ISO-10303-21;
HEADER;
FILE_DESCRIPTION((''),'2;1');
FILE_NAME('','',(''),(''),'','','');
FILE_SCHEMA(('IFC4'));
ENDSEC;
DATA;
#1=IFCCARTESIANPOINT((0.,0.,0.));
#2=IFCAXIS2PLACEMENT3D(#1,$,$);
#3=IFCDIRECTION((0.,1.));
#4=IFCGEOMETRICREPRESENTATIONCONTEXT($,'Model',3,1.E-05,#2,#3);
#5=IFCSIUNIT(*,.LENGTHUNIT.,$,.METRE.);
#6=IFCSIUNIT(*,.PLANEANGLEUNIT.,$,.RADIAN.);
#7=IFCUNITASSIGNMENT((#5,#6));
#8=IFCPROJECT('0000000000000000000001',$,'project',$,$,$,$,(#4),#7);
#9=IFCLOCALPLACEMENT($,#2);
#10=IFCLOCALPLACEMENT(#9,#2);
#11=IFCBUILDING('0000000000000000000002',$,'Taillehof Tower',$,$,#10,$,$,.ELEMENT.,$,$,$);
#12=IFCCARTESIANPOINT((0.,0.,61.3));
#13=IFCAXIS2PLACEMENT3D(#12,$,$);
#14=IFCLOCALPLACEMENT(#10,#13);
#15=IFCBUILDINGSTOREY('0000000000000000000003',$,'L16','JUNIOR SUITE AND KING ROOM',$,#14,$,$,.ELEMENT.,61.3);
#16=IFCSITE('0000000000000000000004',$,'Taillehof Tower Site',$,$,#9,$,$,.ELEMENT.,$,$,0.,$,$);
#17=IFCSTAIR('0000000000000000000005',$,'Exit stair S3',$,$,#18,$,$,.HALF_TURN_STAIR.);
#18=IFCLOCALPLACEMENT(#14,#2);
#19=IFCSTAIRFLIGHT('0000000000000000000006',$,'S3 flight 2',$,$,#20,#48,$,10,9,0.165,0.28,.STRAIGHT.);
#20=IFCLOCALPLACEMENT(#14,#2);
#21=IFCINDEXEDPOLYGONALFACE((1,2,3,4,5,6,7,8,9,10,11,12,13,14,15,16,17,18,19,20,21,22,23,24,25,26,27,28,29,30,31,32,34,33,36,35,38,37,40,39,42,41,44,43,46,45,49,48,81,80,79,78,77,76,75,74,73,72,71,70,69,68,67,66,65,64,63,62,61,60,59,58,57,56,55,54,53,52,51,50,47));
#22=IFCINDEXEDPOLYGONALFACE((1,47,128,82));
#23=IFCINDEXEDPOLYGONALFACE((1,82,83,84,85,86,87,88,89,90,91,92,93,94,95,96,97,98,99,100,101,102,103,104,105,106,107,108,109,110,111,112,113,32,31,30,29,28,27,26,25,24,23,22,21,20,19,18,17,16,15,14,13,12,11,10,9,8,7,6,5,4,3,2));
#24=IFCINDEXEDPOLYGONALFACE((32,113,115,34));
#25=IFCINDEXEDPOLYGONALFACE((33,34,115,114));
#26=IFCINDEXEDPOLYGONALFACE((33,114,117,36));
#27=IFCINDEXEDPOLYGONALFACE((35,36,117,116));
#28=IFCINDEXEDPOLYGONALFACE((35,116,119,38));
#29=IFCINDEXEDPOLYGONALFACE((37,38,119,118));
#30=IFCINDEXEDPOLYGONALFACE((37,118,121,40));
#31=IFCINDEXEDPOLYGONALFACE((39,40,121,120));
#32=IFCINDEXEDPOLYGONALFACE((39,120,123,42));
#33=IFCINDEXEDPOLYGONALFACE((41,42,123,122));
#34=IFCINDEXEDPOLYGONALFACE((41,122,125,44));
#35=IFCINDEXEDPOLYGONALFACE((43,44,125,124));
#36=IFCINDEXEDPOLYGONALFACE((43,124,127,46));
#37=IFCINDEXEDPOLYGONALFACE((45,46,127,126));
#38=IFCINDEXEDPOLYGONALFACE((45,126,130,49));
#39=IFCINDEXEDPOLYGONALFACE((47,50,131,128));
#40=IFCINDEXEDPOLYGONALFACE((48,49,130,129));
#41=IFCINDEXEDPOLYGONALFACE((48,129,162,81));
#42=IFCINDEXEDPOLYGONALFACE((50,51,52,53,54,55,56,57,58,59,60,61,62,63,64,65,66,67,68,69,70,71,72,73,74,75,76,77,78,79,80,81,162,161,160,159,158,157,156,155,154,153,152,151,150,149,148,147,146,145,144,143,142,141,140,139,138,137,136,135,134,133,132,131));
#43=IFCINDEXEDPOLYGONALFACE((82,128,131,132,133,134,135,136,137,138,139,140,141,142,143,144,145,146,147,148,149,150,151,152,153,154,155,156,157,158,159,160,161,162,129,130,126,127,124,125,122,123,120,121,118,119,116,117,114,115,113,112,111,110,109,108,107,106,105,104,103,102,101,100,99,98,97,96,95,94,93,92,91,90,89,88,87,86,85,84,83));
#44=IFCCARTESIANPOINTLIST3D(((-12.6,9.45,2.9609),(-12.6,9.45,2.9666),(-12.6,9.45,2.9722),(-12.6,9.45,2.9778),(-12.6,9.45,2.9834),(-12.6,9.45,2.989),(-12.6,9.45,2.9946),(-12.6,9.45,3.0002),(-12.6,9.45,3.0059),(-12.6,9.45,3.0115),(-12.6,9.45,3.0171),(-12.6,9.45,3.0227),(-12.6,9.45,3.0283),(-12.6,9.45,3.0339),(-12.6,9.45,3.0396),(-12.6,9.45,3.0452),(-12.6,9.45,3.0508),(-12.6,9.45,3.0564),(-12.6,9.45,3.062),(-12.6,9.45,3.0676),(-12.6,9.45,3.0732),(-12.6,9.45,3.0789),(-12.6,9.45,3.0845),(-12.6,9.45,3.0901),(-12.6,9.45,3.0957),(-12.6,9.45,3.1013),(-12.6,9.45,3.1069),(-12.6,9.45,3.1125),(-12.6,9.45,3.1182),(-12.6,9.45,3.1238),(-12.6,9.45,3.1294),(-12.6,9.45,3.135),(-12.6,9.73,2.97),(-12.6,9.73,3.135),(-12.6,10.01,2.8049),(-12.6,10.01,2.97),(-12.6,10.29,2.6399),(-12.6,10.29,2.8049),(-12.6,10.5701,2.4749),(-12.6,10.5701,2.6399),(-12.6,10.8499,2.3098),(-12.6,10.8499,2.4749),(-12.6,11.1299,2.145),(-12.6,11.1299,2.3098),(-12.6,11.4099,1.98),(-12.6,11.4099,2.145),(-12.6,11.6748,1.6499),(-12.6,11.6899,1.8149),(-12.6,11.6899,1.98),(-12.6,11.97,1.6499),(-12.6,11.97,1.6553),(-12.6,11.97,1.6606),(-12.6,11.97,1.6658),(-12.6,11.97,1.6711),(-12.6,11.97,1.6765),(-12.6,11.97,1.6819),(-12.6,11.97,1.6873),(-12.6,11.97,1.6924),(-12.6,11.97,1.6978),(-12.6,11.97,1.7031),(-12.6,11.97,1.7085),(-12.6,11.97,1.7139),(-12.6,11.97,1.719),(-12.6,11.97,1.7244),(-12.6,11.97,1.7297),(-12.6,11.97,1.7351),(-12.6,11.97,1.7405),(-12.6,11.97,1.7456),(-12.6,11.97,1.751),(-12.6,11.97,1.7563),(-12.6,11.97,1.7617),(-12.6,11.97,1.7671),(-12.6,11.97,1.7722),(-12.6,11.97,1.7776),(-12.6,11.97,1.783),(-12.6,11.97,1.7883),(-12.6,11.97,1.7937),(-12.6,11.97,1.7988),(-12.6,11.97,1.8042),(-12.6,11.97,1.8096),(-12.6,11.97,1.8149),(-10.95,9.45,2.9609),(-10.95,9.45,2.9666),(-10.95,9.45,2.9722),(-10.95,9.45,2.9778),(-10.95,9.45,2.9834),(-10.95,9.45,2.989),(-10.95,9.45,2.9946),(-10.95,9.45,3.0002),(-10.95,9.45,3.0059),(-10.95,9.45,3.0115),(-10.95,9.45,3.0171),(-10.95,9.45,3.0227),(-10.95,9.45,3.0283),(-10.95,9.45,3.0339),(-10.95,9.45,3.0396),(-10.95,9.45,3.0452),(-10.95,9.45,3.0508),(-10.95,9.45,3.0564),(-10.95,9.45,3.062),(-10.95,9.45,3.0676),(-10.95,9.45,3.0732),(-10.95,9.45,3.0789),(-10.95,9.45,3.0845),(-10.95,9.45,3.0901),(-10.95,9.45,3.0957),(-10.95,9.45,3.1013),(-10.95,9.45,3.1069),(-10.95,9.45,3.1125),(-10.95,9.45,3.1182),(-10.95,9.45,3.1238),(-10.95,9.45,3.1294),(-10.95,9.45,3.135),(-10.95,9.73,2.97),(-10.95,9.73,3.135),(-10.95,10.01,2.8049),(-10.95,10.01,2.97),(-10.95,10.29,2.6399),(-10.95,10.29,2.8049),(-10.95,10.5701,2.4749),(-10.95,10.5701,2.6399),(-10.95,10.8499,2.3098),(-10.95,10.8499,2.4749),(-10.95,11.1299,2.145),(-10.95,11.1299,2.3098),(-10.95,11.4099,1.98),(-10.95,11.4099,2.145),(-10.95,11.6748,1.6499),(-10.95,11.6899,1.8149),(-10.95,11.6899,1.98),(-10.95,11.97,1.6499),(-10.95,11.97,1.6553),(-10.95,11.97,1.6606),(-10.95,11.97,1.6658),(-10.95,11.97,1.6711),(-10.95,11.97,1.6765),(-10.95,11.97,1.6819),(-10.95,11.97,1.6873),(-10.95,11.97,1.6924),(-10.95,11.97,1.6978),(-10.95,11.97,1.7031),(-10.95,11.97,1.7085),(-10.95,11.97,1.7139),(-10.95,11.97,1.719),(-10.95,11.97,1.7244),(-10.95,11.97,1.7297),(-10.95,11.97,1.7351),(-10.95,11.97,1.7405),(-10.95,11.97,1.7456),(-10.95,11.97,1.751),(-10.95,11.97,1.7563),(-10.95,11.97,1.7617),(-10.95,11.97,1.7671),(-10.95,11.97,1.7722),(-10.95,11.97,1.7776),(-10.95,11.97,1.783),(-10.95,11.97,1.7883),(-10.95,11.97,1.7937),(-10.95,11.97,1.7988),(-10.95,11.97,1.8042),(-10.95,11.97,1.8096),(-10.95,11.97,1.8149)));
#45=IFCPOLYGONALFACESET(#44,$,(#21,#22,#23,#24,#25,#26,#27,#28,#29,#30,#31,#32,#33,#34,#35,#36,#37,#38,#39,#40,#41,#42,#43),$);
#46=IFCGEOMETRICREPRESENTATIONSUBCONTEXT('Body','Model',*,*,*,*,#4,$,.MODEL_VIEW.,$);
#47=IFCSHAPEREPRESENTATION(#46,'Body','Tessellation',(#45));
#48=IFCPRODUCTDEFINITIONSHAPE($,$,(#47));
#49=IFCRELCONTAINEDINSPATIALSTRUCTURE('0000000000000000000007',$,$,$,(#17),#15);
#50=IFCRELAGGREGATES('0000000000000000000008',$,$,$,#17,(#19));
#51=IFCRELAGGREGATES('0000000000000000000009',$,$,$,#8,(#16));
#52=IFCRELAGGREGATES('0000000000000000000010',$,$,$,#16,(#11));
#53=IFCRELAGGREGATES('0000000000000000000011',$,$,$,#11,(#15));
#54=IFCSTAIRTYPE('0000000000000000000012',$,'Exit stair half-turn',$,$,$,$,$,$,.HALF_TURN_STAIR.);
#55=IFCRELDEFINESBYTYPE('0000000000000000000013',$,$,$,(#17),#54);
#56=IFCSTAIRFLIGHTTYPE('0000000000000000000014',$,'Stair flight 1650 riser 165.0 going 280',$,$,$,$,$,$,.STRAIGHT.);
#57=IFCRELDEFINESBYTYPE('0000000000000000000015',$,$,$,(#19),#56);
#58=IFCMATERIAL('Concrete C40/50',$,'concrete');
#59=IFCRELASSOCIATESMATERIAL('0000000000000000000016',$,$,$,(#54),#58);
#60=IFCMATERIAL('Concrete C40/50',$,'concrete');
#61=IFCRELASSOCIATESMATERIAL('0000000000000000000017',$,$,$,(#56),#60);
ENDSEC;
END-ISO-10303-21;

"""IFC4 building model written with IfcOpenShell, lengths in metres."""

from ifc_helpers import new_model, si_unit, direction, frame, origin, place, context, subcontext, project, spatial, polyline, outline, extrude, material, type_object, element, aggregate, save


model = new_model("IFC4")

# Units and contexts
model_context = context("Model", 3, precision=1e-05, world=origin(), true_north=direction((0.0, 1.0)))
body_context = subcontext(model_context, "Body", "Model", "MODEL_VIEW")
ifc_project = project(units=[si_unit("LENGTHUNIT", "METRE"), si_unit("PLANEANGLEUNIT", "RADIAN")], contexts=[model_context])

# Site, building, storey
site_placement = place(None, origin())
site = spatial("IfcSite", under=ifc_project, at=site_placement, Name="Taillehof Tower Site", CompositionType="ELEMENT", RefElevation=0.0)
building_placement = place(site_placement, origin())
building = spatial("IfcBuilding", under=site, at=building_placement, Name="Taillehof Tower", CompositionType="ELEMENT")
storey_placement = place(building_placement, frame((0.0, 0.0, 61.3)))
storey = spatial("IfcBuildingStorey", under=building, at=storey_placement, Name="L16", Description="JUNIOR SUITE AND KING ROOM", CompositionType="ELEMENT", Elevation=61.3)

# Stair, stair flight
ifc_material_1 = material(Name="Concrete C40/50", Category="concrete")
stair_type = type_object("IfcStairType", Name="Exit stair half-turn", PredefinedType="HALF_TURN_STAIR", material=ifc_material_1)
stair_placement = place(storey_placement, origin())
stair = element("IfcStair", 1, at=stair_placement, inside=storey, type_object=stair_type, Name="Exit stair S3", PredefinedType="HALF_TURN_STAIR")
ifc_material_2 = material(Name="Concrete C40/50", Category="concrete")
stair_flight_type = type_object("IfcStairFlightType", Name="Stair flight 1650 riser 165.0 going 280", PredefinedType="STRAIGHT", material=ifc_material_2)
stair_flight_1_placement = place(storey_placement, frame((-11.7749, 11.97, 1.6499), z_axis=(0.0, 0.0, 1.0), x_axis=(0.0, -1.0, 0.0)))
stair_flight_1 = element("IfcStairFlight", 2, at=stair_flight_1_placement, type_object=stair_flight_type, Name="S3 flight 2", NumberOfRisers=10, NumberOfTreads=9, PredefinedType="STRAIGHT", RiserHeight=0.165, TreadLength=0.28, context=body_context, shape_type="SweptSolid", body=[
    extrude(outline(polyline([(0.0, 0.0), (0.0, 0.0054), (0.0, 0.0107), (0.0, 0.0159), (0.0, 0.0212), (0.0, 0.0266), (0.0, 0.032), (0.0, 0.0374), (0.0, 0.0425), (0.0, 0.0479), (0.0, 0.0532), (0.0, 0.0586), (0.0, 0.064), (0.0, 0.0691), (0.0, 0.0745), (0.0, 0.0798), (0.0, 0.0852), (0.0, 0.0906), (0.0, 0.0957), (0.0, 0.1011), (0.0, 0.1064), (0.0, 0.1118), (0.0, 0.1172), (0.0, 0.1223), (0.0, 0.1277), (0.0, 0.1331), (0.0, 0.1384), (0.0, 0.1438), (0.0, 0.1489), (0.0, 0.1543), (0.0, 0.1597), (0.0, 0.165), (0.28, 0.165), (0.28, 0.3301), (0.5601, 0.3301), (0.5601, 0.4951), (0.8401, 0.4951), (0.8401, 0.6599), (1.1201, 0.6599), (1.1201, 0.825), (1.3999, 0.825), (1.3999, 0.99), (1.6799, 0.99), (1.6799, 1.155), (1.96, 1.155), (1.96, 1.3201), (2.24, 1.3201), (2.24, 1.4851), (2.52, 1.4851), (2.52, 1.4795), (2.52, 1.4739), (2.52, 1.4683), (2.52, 1.4626), (2.52, 1.457), (2.52, 1.4514), (2.52, 1.4458), (2.52, 1.4402), (2.52, 1.4346), (2.52, 1.429), (2.52, 1.4233), (2.52, 1.4177), (2.52, 1.4121), (2.52, 1.4065), (2.52, 1.4009), (2.52, 1.3953), (2.52, 1.3896), (2.52, 1.384), (2.52, 1.3784), (2.52, 1.3728), (2.52, 1.3672), (2.52, 1.3616), (2.52, 1.356), (2.52, 1.3503), (2.52, 1.3447), (2.52, 1.3391), (2.52, 1.3335), (2.52, 1.3279), (2.52, 1.3223), (2.52, 1.3167), (2.52, 1.311), (0.2952, 0.0), (0.0, 0.0)])), frame((0.0, 0.825, 0.0), z_axis=(0.0, -1.0, 0.0), x_axis=(1.0, 0.0, 0.0)), (0.0, 0.0, 1.0), 1.65),
])
aggregate(stair, [stair_flight_1])

save(model, "model.ifc")
